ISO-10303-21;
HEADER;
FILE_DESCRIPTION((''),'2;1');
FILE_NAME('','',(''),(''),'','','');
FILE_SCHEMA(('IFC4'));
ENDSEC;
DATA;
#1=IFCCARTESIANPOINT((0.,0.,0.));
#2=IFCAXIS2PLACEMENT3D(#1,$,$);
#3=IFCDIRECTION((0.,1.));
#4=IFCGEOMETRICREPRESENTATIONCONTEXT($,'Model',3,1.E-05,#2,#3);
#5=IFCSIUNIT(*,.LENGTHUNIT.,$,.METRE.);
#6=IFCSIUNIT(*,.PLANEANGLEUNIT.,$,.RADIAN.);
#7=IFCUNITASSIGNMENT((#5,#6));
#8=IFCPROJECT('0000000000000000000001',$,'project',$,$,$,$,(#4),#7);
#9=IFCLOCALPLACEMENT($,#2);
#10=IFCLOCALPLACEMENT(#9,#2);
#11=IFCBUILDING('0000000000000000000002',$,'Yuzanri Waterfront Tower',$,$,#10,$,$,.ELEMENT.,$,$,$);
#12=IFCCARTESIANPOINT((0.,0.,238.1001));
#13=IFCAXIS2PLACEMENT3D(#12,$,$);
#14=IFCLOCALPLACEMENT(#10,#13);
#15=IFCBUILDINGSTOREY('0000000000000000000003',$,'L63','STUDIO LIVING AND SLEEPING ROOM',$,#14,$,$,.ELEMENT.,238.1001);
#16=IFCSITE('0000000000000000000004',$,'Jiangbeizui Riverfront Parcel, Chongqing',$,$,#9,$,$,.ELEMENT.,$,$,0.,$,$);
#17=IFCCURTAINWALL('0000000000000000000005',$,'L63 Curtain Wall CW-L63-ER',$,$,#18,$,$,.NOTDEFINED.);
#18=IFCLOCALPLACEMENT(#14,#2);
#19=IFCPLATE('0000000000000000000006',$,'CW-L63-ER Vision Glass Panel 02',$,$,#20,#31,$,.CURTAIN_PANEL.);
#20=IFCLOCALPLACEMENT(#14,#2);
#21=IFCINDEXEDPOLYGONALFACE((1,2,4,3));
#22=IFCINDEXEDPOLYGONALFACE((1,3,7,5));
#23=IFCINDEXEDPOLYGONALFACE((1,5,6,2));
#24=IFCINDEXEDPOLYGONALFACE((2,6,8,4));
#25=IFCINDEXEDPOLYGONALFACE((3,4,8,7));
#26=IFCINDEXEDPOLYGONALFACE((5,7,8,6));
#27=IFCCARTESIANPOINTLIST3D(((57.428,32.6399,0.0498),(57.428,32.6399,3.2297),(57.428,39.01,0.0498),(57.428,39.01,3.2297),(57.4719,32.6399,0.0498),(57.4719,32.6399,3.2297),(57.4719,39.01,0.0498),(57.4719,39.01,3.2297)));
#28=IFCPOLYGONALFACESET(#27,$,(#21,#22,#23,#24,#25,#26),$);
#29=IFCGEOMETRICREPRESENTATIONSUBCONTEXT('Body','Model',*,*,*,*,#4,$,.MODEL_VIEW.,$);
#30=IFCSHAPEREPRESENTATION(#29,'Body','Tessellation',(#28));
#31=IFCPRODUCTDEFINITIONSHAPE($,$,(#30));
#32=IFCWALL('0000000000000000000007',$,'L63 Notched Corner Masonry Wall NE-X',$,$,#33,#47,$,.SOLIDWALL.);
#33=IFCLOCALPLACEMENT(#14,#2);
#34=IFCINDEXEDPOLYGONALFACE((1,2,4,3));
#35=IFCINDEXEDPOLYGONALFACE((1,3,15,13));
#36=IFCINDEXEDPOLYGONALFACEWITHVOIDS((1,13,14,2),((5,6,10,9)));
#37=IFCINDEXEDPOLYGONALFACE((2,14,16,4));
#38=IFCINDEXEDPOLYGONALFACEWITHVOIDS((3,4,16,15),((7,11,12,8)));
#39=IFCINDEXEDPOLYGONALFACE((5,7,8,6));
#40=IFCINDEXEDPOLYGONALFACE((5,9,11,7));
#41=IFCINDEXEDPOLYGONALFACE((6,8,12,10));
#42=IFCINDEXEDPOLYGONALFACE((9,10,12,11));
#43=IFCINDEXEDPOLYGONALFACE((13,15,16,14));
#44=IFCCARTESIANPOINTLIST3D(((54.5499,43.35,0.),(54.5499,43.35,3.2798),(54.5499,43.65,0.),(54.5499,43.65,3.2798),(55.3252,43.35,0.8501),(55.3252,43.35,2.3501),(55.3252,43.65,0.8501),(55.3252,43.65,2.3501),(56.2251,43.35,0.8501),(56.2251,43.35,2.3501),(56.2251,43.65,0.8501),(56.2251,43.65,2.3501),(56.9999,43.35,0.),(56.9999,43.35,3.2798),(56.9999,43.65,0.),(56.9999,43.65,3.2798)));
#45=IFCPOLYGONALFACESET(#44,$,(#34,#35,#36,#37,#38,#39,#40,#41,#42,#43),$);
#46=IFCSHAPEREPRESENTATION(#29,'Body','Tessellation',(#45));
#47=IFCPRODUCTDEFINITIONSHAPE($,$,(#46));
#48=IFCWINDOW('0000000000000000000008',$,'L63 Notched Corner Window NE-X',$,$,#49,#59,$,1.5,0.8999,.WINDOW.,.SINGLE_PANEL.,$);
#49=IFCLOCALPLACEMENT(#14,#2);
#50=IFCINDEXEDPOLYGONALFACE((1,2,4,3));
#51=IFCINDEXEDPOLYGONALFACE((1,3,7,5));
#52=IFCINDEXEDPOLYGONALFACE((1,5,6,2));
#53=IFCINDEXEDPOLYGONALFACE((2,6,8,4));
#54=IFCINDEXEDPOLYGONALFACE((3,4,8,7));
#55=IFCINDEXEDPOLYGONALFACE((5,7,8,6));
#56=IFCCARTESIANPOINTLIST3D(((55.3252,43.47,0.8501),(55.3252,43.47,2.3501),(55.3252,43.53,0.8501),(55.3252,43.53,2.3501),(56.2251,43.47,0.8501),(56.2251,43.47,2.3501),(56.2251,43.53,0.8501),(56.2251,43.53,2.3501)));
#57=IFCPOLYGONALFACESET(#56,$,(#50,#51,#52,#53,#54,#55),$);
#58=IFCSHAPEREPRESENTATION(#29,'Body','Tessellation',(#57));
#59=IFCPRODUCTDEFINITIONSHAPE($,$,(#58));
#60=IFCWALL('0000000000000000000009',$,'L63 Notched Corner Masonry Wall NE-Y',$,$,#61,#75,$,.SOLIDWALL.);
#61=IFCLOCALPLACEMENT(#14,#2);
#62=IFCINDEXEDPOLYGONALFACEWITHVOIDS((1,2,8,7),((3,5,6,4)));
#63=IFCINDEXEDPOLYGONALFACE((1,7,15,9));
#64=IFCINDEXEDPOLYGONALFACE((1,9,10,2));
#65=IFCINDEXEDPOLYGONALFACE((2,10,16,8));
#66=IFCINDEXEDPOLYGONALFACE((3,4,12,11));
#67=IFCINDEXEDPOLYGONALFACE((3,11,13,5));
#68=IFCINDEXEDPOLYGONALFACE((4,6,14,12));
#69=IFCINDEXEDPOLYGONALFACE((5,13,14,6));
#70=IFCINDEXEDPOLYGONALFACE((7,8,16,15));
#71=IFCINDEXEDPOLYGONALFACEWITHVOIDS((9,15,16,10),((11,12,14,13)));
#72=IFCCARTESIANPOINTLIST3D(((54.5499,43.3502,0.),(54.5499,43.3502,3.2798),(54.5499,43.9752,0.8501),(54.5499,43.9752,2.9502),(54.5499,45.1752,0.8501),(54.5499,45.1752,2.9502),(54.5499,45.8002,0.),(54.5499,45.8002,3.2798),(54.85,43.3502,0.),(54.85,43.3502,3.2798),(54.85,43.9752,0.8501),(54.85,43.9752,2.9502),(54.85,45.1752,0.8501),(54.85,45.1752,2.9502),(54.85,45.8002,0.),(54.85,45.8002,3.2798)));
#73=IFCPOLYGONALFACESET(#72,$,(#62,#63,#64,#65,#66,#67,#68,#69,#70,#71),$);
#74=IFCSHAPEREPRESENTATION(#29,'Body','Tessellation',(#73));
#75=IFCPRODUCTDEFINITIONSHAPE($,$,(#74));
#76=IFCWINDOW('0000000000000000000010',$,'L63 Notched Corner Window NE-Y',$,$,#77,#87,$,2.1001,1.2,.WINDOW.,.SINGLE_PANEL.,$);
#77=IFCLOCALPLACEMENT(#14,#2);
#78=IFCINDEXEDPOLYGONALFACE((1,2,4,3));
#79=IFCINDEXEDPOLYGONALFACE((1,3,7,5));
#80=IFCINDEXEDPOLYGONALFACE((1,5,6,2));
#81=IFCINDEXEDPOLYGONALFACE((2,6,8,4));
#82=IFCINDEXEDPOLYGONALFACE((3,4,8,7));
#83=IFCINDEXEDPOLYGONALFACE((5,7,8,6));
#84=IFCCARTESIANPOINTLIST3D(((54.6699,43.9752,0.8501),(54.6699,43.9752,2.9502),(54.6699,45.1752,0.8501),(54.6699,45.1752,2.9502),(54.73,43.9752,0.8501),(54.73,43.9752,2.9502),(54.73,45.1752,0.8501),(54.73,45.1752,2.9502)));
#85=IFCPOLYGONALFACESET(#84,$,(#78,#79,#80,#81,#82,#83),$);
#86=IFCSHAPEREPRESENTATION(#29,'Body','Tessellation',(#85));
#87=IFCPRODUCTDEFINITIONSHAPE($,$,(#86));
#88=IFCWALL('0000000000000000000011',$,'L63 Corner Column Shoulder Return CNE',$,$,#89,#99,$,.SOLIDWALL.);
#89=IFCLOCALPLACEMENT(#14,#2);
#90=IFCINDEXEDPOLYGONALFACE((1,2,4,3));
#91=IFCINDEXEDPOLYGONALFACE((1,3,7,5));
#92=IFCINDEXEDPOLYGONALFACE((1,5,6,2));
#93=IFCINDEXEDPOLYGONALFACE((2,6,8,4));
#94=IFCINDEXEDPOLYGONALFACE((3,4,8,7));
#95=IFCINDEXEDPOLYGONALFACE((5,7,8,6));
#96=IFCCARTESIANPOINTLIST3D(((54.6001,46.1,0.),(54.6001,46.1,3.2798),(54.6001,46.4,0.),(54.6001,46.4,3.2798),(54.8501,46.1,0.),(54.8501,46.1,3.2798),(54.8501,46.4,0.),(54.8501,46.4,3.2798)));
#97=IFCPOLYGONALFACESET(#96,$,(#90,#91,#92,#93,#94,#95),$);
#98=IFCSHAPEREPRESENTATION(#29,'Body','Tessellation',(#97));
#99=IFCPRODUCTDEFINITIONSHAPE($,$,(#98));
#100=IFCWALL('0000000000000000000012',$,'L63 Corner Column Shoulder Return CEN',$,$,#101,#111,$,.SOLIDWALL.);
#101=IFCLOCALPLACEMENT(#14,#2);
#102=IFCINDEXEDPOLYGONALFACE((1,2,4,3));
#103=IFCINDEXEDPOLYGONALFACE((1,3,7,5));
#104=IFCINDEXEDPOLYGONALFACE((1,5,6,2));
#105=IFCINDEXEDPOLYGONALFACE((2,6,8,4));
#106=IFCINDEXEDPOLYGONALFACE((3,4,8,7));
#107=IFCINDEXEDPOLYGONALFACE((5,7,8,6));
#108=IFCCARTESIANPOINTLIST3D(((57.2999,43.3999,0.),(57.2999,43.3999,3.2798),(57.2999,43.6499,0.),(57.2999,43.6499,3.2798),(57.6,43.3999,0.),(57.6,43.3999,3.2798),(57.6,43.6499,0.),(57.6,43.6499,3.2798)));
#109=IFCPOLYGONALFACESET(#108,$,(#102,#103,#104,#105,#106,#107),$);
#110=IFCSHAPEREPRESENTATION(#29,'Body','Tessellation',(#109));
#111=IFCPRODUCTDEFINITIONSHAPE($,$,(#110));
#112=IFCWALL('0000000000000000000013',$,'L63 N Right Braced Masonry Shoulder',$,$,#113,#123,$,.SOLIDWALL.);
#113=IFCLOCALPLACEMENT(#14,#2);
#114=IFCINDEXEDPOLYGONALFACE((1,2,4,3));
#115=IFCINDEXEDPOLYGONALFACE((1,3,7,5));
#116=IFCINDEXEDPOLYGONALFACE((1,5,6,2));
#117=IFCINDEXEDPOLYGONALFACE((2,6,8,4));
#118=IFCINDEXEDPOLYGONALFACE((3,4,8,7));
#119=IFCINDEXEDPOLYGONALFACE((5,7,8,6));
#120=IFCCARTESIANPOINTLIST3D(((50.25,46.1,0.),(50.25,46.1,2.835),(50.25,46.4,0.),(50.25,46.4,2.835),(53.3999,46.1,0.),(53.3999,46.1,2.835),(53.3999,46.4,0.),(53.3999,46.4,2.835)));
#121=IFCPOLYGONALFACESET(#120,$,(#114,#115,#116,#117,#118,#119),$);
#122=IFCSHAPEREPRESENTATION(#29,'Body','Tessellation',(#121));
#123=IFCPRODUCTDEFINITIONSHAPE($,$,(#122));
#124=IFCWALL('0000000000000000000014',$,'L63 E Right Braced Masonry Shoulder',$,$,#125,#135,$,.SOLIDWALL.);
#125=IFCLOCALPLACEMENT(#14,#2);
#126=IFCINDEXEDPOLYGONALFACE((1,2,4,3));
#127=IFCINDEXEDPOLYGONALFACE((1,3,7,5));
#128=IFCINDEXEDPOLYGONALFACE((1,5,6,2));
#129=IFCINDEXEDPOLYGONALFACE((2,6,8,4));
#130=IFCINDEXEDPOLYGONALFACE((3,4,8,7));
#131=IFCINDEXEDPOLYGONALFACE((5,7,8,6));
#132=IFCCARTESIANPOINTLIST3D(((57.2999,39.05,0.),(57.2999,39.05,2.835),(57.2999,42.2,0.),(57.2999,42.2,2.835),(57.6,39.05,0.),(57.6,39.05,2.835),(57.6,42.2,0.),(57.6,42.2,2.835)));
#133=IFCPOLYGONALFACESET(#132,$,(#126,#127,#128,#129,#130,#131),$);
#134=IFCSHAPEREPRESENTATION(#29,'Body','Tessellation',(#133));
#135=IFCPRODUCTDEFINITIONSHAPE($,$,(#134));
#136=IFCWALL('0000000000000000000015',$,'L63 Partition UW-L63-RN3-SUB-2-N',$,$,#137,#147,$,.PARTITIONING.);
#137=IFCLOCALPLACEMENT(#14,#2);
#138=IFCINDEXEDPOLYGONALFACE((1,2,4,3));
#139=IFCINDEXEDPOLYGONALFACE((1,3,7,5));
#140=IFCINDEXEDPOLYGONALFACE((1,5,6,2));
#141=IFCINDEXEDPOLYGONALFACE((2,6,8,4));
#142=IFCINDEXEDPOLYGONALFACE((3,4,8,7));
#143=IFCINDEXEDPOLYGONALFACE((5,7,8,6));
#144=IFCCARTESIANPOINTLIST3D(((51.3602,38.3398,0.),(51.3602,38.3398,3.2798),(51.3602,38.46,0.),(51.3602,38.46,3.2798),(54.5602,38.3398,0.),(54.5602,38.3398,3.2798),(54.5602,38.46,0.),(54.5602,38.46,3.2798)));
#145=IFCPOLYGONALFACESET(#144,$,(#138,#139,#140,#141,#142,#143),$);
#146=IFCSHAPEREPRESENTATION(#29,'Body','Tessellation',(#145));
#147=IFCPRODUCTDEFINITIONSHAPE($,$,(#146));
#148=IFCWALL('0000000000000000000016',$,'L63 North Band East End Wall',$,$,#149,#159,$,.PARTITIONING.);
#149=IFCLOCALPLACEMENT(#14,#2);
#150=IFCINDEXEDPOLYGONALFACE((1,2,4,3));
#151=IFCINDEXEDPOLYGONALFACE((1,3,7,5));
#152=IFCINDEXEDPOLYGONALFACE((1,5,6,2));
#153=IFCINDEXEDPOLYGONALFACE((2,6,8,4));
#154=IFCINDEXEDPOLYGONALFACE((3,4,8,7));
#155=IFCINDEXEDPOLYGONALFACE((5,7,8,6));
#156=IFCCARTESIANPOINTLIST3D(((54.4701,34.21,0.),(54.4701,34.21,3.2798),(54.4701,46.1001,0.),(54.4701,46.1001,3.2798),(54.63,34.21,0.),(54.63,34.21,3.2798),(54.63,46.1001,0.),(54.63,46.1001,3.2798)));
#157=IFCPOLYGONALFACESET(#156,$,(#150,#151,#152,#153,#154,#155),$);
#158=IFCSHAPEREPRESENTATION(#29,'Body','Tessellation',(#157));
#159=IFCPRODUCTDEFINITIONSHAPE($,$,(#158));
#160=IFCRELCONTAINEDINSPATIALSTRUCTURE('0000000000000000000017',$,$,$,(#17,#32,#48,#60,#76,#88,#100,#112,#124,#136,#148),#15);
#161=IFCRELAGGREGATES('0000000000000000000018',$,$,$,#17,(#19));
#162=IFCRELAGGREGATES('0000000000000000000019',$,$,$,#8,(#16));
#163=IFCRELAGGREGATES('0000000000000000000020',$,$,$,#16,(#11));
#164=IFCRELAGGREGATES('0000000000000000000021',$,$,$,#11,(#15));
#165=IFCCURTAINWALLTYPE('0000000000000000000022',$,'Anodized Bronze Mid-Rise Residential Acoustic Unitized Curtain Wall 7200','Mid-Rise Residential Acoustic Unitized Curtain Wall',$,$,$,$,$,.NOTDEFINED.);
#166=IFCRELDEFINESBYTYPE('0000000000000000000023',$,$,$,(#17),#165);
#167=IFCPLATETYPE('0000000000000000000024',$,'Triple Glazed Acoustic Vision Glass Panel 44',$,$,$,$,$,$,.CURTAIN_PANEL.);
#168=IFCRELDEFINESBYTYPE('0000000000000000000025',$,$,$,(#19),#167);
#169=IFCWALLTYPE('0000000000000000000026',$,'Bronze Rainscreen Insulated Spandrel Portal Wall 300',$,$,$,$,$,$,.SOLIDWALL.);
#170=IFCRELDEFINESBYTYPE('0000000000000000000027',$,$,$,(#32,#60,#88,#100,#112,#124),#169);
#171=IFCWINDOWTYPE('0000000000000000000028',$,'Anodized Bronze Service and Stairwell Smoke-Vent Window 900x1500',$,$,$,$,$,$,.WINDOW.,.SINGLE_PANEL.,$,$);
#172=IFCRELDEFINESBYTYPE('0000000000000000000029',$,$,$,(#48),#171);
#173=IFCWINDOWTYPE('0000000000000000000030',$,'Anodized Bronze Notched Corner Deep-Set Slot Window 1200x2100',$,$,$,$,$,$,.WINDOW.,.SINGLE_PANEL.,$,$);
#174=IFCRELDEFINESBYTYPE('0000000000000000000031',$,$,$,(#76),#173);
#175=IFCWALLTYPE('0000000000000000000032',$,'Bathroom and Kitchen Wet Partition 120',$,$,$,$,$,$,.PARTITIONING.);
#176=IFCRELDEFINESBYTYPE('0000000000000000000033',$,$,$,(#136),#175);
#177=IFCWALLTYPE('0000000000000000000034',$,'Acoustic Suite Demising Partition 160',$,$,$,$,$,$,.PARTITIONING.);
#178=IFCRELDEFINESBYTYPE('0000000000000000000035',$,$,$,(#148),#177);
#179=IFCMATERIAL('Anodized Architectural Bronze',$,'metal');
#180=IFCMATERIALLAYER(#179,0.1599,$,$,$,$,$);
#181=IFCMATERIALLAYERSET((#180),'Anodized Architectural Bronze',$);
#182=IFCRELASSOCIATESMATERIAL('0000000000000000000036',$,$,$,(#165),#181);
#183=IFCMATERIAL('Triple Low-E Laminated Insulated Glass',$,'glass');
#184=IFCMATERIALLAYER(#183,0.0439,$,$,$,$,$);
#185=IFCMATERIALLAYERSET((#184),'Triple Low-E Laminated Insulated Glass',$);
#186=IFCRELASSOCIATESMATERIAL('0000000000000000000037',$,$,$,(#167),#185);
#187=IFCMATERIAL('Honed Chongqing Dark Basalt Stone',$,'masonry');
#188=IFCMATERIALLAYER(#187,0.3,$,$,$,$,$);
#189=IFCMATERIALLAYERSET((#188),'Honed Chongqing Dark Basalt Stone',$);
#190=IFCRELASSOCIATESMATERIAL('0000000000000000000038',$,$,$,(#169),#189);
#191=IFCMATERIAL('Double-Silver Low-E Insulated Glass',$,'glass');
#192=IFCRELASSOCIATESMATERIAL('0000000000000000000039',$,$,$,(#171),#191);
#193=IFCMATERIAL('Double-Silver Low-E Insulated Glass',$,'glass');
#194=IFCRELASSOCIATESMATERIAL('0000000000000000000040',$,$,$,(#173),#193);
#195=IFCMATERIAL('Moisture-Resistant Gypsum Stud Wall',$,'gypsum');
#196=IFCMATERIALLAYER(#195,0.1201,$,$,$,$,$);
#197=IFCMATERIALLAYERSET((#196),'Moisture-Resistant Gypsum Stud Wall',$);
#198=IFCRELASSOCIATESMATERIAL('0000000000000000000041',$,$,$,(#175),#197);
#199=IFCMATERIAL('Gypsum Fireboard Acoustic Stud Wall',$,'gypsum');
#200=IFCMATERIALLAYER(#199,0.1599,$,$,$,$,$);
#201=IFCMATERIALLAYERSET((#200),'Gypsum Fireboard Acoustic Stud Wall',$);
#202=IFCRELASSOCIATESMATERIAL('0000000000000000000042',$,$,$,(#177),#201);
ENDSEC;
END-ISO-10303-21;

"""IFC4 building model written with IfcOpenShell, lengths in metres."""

from ifc_helpers import new_model, si_unit, direction, frame, frame_2d, origin, origin_2d, place, context, subcontext, project, spatial, rectangle, extrude, source, transform, mapped, material, layer, layer_set, type_object, element, fill, aggregate, save


model = new_model("IFC4")

# Units and contexts
model_context = context("Model", 3, precision=1e-05, world=origin(), true_north=direction((0.0, 1.0)))
body_context = subcontext(model_context, "Body", "Model", "MODEL_VIEW")
ifc_project = project(units=[si_unit("LENGTHUNIT", "METRE"), si_unit("PLANEANGLEUNIT", "RADIAN")], contexts=[model_context])

# Site, building, storey
site_placement = place(None, origin())
site = spatial("IfcSite", under=ifc_project, at=site_placement, Name="Jiangbeizui Riverfront Parcel, Chongqing", CompositionType="ELEMENT", RefElevation=0.0)
building_placement = place(site_placement, origin())
building = spatial("IfcBuilding", under=site, at=building_placement, Name="Yuzanri Waterfront Tower", CompositionType="ELEMENT")
storey_placement = place(building_placement, frame((0.0, 0.0, 238.1001)))
storey = spatial("IfcBuildingStorey", under=building, at=storey_placement, Name="L63", Description="STUDIO LIVING AND SLEEPING ROOM", CompositionType="ELEMENT", Elevation=238.1001)

# Curtain wall
ifc_material_1 = material(Name="Anodized Architectural Bronze", Category="metal")
ifc_layer_1 = layer(ifc_material_1, 0.1599)
ifc_layer_set_1 = layer_set([ifc_layer_1], Name="Anodized Architectural Bronze")
curtain_wall_type = type_object("IfcCurtainWallType", Name="Anodized Bronze Mid-Rise Residential Acoustic Unitized Curtain Wall 7200", Description="Mid-Rise Residential Acoustic Unitized Curtain Wall", PredefinedType="NOTDEFINED", material=ifc_layer_set_1)
curtain_wall_1_placement = place(storey_placement, origin())
curtain_wall_1 = element("IfcCurtainWall", 1, at=curtain_wall_1_placement, inside=storey, type_object=curtain_wall_type, Name="L63 Curtain Wall CW-L63-ER", PredefinedType="NOTDEFINED")

# Plate
ifc_material_2 = material(Name="Triple Low-E Laminated Insulated Glass", Category="glass")
ifc_layer_2 = layer(ifc_material_2, 0.0439)
ifc_layer_set_2 = layer_set([ifc_layer_2], Name="Triple Low-E Laminated Insulated Glass")
plate_type_1 = type_object("IfcPlateType", Name="Triple Glazed Acoustic Vision Glass Panel 44", PredefinedType="CURTAIN_PANEL", material=ifc_layer_set_2)
shared_shape_1 = source(origin(), body_context, "Body", "SweptSolid", [
    extrude(rectangle(XDim=6.3701, YDim=0.0439, at=origin_2d()), origin(), (0.0, 0.0, 1.0), 3.1799),
])
plate_placement = place(storey_placement, frame((57.45, 35.825, 0.0498), z_axis=(0.0, 0.0, 1.0), x_axis=(0.0, 1.0, 0.0)))
plate = element("IfcPlate", 2, at=plate_placement, type_object=plate_type_1, Name="CW-L63-ER Vision Glass Panel 02", PredefinedType="CURTAIN_PANEL", context=body_context, shape_type="MappedRepresentation", body=[
    mapped(shared_shape_1, transform((0.0, 0.0, 0.0), scale=1.0)),
])
aggregate(curtain_wall_1, [plate])

# Walls, openings, windows
ifc_material_3 = material(Name="Honed Chongqing Dark Basalt Stone", Category="masonry")
ifc_layer_3 = layer(ifc_material_3, 0.3)
ifc_layer_set_3 = layer_set([ifc_layer_3], Name="Honed Chongqing Dark Basalt Stone")
wall_type_1 = type_object("IfcWallType", Name="Bronze Rainscreen Insulated Spandrel Portal Wall 300", PredefinedType="SOLIDWALL", material=ifc_layer_set_3)
wall_1_placement = place(storey_placement, frame((57.0, 43.5, 0.0), z_axis=(0.0, 0.0, 1.0), x_axis=(-1.0, 0.0, 0.0)))
wall_1 = element("IfcWall", 3, at=wall_1_placement, inside=storey, type_object=wall_type_1, Name="L63 Notched Corner Masonry Wall NE-X", PredefinedType="SOLIDWALL", context=body_context, shape_type="SweptSolid", body=[
    extrude(rectangle(XDim=2.45, YDim=0.3, at=frame_2d((1.2251, 0.0))), origin(), (0.0, 0.0, 1.0), 3.2798),
])
opening_1_placement = place(wall_1_placement, frame((0.7749, 0.0, 0.8501)))
opening_1 = element("IfcOpeningElement", 4, at=opening_1_placement, cuts=wall_1, PredefinedType="OPENING", context=body_context, shape_type="SweptSolid", body=[
    extrude(rectangle(XDim=0.8999, YDim=1.5, at=frame_2d((0.45, 0.75))), frame((0.0, 0.165, 0.0), z_axis=(0.0, -1.0, 0.0), x_axis=(1.0, 0.0, 0.0)), (0.0, 0.0, 1.0), 0.3298),
])
ifc_material_4 = material(Name="Double-Silver Low-E Insulated Glass", Category="glass")
window_type_1 = type_object("IfcWindowType", Name="Anodized Bronze Service and Stairwell Smoke-Vent Window 900x1500", PartitioningType="SINGLE_PANEL", PredefinedType="WINDOW", material=ifc_material_4)
shared_shape_2 = source(origin(), body_context, "Body", "SweptSolid", [
    extrude(rectangle(XDim=0.8999, YDim=1.5, at=frame_2d((0.45, 0.75))), frame((0.0, 0.03, 0.0), z_axis=(0.0, -1.0, 0.0), x_axis=(1.0, 0.0, 0.0)), (0.0, 0.0, 1.0), 0.0601),
])
window_1_placement = place(opening_1_placement, origin())
window_1 = element("IfcWindow", 5, at=window_1_placement, inside=storey, type_object=window_type_1, Name="L63 Notched Corner Window NE-X", OverallHeight=1.5, OverallWidth=0.8999, PartitioningType="SINGLE_PANEL", PredefinedType="WINDOW", context=body_context, shape_type="MappedRepresentation", body=[
    mapped(shared_shape_2, transform((0.0, 0.0, 0.0), scale=1.0)),
])
fill(opening_1, window_1)
wall_2_placement = place(storey_placement, frame((54.7, 43.3501, 0.0), z_axis=(0.0, 0.0, 1.0), x_axis=(0.0, 1.0, 0.0)))
wall_2 = element("IfcWall", 6, at=wall_2_placement, inside=storey, type_object=wall_type_1, Name="L63 Notched Corner Masonry Wall NE-Y", PredefinedType="SOLIDWALL", context=body_context, shape_type="SweptSolid", body=[
    extrude(rectangle(XDim=2.45, YDim=0.3, at=frame_2d((1.2251, 0.0))), origin(), (0.0, 0.0, 1.0), 3.2798),
])
opening_2_placement = place(wall_2_placement, frame((0.625, 0.0, 0.8501)))
opening_2 = element("IfcOpeningElement", 7, at=opening_2_placement, cuts=wall_2, PredefinedType="OPENING", context=body_context, shape_type="SweptSolid", body=[
    extrude(rectangle(XDim=1.2, YDim=2.1001, at=frame_2d((0.6001, 1.05))), frame((0.0, 0.165, 0.0), z_axis=(0.0, -1.0, 0.0), x_axis=(1.0, 0.0, 0.0)), (0.0, 0.0, 1.0), 0.3298),
])
ifc_material_5 = material(Name="Double-Silver Low-E Insulated Glass", Category="glass")
window_type_2 = type_object("IfcWindowType", Name="Anodized Bronze Notched Corner Deep-Set Slot Window 1200x2100", PartitioningType="SINGLE_PANEL", PredefinedType="WINDOW", material=ifc_material_5)
shared_shape_3 = source(origin(), body_context, "Body", "SweptSolid", [
    extrude(rectangle(XDim=1.2, YDim=2.1001, at=frame_2d((0.6001, 1.05))), frame((0.0, 0.03, 0.0), z_axis=(0.0, -1.0, 0.0), x_axis=(1.0, 0.0, 0.0)), (0.0, 0.0, 1.0), 0.0601),
])
window_2_placement = place(opening_2_placement, origin())
window_2 = element("IfcWindow", 8, at=window_2_placement, inside=storey, type_object=window_type_2, Name="L63 Notched Corner Window NE-Y", OverallHeight=2.1001, OverallWidth=1.2, PartitioningType="SINGLE_PANEL", PredefinedType="WINDOW", context=body_context, shape_type="MappedRepresentation", body=[
    mapped(shared_shape_3, transform((0.0, 0.0, 0.0), scale=1.0)),
])
fill(opening_2, window_2)

# Walls
shared_shape_4 = source(origin(), body_context, "Body", "SweptSolid", [
    extrude(rectangle(XDim=0.25, YDim=0.3, at=frame_2d((0.125, 0.0))), origin(), (0.0, 0.0, 1.0), 3.2798),
])
for number, where, z_axis, x_axis, name in (
    (9, (54.6001, 46.25, 0.0), (0.0, 0.0, 1.0), (1.0, 0.0, 0.0), "L63 Corner Column Shoulder Return CNE"),
    (10, (57.45, 43.3999, 0.0), (0.0, 0.0, 1.0), (0.0, 1.0, 0.0), "L63 Corner Column Shoulder Return CEN"),
):
    element("IfcWall", number, at=place(storey_placement, frame(where, z_axis=z_axis, x_axis=x_axis)), inside=storey, type_object=wall_type_1, Name=name, PredefinedType="SOLIDWALL", context=body_context, shape_type="MappedRepresentation", body=[
        mapped(shared_shape_4, transform((0.0, 0.0, 0.0), scale=1.0)),
    ])
shared_shape_5 = source(origin(), body_context, "Body", "SweptSolid", [
    extrude(rectangle(XDim=3.1499, YDim=0.3, at=frame_2d((1.575, 0.0))), origin(), (0.0, 0.0, 1.0), 2.835),
])
for number, where, z_axis, x_axis, name in (
    (11, (50.25, 46.25, 0.0), (0.0, 0.0, 1.0), (1.0, 0.0, 0.0), "L63 N Right Braced Masonry Shoulder"),
    (12, (57.45, 39.05, 0.0), (0.0, 0.0, 1.0), (0.0, 1.0, 0.0), "L63 E Right Braced Masonry Shoulder"),
):
    element("IfcWall", number, at=place(storey_placement, frame(where, z_axis=z_axis, x_axis=x_axis)), inside=storey, type_object=wall_type_1, Name=name, PredefinedType="SOLIDWALL", context=body_context, shape_type="MappedRepresentation", body=[
        mapped(shared_shape_5, transform((0.0, 0.0, 0.0), scale=1.0)),
    ])
ifc_material_6 = material(Name="Moisture-Resistant Gypsum Stud Wall", Category="gypsum")
ifc_layer_4 = layer(ifc_material_6, 0.1201)
ifc_layer_set_4 = layer_set([ifc_layer_4], Name="Moisture-Resistant Gypsum Stud Wall")
wall_type_2 = type_object("IfcWallType", Name="Bathroom and Kitchen Wet Partition 120", PredefinedType="PARTITIONING", material=ifc_layer_set_4)
shared_shape_6 = source(origin(), body_context, "Body", "SweptSolid", [
    extrude(rectangle(XDim=3.2, YDim=0.1201, at=frame_2d((1.6001, 0.0))), origin(), (0.0, 0.0, 1.0), 3.2798),
])
wall_3_placement = place(storey_placement, frame((51.3601, 38.3999, 0.0), z_axis=(0.0, 0.0, 1.0), x_axis=(1.0, 0.0, 0.0)))
element("IfcWall", 13, at=wall_3_placement, inside=storey, type_object=wall_type_2, Name="L63 Partition UW-L63-RN3-SUB-2-N", PredefinedType="PARTITIONING", context=body_context, shape_type="MappedRepresentation", body=[
    mapped(shared_shape_6, transform((0.0, 0.0, 0.0), scale=1.0)),
])
ifc_material_7 = material(Name="Gypsum Fireboard Acoustic Stud Wall", Category="gypsum")
ifc_layer_5 = layer(ifc_material_7, 0.1599)
ifc_layer_set_5 = layer_set([ifc_layer_5], Name="Gypsum Fireboard Acoustic Stud Wall")
wall_type_3 = type_object("IfcWallType", Name="Acoustic Suite Demising Partition 160", PredefinedType="PARTITIONING", material=ifc_layer_set_5)
shared_shape_7 = source(origin(), body_context, "Body", "SweptSolid", [
    extrude(rectangle(XDim=11.8901, YDim=0.1599, at=frame_2d((5.9451, 0.0))), origin(), (0.0, 0.0, 1.0), 3.2798),
])
wall_4_placement = place(storey_placement, frame((54.55, 34.21, 0.0), z_axis=(0.0, 0.0, 1.0), x_axis=(0.0, 1.0, 0.0)))
element("IfcWall", 14, at=wall_4_placement, inside=storey, type_object=wall_type_3, Name="L63 North Band East End Wall", PredefinedType="PARTITIONING", context=body_context, shape_type="MappedRepresentation", body=[
    mapped(shared_shape_7, transform((0.0, 0.0, 0.0), scale=1.0)),
])

save(model, "model.ifc")
